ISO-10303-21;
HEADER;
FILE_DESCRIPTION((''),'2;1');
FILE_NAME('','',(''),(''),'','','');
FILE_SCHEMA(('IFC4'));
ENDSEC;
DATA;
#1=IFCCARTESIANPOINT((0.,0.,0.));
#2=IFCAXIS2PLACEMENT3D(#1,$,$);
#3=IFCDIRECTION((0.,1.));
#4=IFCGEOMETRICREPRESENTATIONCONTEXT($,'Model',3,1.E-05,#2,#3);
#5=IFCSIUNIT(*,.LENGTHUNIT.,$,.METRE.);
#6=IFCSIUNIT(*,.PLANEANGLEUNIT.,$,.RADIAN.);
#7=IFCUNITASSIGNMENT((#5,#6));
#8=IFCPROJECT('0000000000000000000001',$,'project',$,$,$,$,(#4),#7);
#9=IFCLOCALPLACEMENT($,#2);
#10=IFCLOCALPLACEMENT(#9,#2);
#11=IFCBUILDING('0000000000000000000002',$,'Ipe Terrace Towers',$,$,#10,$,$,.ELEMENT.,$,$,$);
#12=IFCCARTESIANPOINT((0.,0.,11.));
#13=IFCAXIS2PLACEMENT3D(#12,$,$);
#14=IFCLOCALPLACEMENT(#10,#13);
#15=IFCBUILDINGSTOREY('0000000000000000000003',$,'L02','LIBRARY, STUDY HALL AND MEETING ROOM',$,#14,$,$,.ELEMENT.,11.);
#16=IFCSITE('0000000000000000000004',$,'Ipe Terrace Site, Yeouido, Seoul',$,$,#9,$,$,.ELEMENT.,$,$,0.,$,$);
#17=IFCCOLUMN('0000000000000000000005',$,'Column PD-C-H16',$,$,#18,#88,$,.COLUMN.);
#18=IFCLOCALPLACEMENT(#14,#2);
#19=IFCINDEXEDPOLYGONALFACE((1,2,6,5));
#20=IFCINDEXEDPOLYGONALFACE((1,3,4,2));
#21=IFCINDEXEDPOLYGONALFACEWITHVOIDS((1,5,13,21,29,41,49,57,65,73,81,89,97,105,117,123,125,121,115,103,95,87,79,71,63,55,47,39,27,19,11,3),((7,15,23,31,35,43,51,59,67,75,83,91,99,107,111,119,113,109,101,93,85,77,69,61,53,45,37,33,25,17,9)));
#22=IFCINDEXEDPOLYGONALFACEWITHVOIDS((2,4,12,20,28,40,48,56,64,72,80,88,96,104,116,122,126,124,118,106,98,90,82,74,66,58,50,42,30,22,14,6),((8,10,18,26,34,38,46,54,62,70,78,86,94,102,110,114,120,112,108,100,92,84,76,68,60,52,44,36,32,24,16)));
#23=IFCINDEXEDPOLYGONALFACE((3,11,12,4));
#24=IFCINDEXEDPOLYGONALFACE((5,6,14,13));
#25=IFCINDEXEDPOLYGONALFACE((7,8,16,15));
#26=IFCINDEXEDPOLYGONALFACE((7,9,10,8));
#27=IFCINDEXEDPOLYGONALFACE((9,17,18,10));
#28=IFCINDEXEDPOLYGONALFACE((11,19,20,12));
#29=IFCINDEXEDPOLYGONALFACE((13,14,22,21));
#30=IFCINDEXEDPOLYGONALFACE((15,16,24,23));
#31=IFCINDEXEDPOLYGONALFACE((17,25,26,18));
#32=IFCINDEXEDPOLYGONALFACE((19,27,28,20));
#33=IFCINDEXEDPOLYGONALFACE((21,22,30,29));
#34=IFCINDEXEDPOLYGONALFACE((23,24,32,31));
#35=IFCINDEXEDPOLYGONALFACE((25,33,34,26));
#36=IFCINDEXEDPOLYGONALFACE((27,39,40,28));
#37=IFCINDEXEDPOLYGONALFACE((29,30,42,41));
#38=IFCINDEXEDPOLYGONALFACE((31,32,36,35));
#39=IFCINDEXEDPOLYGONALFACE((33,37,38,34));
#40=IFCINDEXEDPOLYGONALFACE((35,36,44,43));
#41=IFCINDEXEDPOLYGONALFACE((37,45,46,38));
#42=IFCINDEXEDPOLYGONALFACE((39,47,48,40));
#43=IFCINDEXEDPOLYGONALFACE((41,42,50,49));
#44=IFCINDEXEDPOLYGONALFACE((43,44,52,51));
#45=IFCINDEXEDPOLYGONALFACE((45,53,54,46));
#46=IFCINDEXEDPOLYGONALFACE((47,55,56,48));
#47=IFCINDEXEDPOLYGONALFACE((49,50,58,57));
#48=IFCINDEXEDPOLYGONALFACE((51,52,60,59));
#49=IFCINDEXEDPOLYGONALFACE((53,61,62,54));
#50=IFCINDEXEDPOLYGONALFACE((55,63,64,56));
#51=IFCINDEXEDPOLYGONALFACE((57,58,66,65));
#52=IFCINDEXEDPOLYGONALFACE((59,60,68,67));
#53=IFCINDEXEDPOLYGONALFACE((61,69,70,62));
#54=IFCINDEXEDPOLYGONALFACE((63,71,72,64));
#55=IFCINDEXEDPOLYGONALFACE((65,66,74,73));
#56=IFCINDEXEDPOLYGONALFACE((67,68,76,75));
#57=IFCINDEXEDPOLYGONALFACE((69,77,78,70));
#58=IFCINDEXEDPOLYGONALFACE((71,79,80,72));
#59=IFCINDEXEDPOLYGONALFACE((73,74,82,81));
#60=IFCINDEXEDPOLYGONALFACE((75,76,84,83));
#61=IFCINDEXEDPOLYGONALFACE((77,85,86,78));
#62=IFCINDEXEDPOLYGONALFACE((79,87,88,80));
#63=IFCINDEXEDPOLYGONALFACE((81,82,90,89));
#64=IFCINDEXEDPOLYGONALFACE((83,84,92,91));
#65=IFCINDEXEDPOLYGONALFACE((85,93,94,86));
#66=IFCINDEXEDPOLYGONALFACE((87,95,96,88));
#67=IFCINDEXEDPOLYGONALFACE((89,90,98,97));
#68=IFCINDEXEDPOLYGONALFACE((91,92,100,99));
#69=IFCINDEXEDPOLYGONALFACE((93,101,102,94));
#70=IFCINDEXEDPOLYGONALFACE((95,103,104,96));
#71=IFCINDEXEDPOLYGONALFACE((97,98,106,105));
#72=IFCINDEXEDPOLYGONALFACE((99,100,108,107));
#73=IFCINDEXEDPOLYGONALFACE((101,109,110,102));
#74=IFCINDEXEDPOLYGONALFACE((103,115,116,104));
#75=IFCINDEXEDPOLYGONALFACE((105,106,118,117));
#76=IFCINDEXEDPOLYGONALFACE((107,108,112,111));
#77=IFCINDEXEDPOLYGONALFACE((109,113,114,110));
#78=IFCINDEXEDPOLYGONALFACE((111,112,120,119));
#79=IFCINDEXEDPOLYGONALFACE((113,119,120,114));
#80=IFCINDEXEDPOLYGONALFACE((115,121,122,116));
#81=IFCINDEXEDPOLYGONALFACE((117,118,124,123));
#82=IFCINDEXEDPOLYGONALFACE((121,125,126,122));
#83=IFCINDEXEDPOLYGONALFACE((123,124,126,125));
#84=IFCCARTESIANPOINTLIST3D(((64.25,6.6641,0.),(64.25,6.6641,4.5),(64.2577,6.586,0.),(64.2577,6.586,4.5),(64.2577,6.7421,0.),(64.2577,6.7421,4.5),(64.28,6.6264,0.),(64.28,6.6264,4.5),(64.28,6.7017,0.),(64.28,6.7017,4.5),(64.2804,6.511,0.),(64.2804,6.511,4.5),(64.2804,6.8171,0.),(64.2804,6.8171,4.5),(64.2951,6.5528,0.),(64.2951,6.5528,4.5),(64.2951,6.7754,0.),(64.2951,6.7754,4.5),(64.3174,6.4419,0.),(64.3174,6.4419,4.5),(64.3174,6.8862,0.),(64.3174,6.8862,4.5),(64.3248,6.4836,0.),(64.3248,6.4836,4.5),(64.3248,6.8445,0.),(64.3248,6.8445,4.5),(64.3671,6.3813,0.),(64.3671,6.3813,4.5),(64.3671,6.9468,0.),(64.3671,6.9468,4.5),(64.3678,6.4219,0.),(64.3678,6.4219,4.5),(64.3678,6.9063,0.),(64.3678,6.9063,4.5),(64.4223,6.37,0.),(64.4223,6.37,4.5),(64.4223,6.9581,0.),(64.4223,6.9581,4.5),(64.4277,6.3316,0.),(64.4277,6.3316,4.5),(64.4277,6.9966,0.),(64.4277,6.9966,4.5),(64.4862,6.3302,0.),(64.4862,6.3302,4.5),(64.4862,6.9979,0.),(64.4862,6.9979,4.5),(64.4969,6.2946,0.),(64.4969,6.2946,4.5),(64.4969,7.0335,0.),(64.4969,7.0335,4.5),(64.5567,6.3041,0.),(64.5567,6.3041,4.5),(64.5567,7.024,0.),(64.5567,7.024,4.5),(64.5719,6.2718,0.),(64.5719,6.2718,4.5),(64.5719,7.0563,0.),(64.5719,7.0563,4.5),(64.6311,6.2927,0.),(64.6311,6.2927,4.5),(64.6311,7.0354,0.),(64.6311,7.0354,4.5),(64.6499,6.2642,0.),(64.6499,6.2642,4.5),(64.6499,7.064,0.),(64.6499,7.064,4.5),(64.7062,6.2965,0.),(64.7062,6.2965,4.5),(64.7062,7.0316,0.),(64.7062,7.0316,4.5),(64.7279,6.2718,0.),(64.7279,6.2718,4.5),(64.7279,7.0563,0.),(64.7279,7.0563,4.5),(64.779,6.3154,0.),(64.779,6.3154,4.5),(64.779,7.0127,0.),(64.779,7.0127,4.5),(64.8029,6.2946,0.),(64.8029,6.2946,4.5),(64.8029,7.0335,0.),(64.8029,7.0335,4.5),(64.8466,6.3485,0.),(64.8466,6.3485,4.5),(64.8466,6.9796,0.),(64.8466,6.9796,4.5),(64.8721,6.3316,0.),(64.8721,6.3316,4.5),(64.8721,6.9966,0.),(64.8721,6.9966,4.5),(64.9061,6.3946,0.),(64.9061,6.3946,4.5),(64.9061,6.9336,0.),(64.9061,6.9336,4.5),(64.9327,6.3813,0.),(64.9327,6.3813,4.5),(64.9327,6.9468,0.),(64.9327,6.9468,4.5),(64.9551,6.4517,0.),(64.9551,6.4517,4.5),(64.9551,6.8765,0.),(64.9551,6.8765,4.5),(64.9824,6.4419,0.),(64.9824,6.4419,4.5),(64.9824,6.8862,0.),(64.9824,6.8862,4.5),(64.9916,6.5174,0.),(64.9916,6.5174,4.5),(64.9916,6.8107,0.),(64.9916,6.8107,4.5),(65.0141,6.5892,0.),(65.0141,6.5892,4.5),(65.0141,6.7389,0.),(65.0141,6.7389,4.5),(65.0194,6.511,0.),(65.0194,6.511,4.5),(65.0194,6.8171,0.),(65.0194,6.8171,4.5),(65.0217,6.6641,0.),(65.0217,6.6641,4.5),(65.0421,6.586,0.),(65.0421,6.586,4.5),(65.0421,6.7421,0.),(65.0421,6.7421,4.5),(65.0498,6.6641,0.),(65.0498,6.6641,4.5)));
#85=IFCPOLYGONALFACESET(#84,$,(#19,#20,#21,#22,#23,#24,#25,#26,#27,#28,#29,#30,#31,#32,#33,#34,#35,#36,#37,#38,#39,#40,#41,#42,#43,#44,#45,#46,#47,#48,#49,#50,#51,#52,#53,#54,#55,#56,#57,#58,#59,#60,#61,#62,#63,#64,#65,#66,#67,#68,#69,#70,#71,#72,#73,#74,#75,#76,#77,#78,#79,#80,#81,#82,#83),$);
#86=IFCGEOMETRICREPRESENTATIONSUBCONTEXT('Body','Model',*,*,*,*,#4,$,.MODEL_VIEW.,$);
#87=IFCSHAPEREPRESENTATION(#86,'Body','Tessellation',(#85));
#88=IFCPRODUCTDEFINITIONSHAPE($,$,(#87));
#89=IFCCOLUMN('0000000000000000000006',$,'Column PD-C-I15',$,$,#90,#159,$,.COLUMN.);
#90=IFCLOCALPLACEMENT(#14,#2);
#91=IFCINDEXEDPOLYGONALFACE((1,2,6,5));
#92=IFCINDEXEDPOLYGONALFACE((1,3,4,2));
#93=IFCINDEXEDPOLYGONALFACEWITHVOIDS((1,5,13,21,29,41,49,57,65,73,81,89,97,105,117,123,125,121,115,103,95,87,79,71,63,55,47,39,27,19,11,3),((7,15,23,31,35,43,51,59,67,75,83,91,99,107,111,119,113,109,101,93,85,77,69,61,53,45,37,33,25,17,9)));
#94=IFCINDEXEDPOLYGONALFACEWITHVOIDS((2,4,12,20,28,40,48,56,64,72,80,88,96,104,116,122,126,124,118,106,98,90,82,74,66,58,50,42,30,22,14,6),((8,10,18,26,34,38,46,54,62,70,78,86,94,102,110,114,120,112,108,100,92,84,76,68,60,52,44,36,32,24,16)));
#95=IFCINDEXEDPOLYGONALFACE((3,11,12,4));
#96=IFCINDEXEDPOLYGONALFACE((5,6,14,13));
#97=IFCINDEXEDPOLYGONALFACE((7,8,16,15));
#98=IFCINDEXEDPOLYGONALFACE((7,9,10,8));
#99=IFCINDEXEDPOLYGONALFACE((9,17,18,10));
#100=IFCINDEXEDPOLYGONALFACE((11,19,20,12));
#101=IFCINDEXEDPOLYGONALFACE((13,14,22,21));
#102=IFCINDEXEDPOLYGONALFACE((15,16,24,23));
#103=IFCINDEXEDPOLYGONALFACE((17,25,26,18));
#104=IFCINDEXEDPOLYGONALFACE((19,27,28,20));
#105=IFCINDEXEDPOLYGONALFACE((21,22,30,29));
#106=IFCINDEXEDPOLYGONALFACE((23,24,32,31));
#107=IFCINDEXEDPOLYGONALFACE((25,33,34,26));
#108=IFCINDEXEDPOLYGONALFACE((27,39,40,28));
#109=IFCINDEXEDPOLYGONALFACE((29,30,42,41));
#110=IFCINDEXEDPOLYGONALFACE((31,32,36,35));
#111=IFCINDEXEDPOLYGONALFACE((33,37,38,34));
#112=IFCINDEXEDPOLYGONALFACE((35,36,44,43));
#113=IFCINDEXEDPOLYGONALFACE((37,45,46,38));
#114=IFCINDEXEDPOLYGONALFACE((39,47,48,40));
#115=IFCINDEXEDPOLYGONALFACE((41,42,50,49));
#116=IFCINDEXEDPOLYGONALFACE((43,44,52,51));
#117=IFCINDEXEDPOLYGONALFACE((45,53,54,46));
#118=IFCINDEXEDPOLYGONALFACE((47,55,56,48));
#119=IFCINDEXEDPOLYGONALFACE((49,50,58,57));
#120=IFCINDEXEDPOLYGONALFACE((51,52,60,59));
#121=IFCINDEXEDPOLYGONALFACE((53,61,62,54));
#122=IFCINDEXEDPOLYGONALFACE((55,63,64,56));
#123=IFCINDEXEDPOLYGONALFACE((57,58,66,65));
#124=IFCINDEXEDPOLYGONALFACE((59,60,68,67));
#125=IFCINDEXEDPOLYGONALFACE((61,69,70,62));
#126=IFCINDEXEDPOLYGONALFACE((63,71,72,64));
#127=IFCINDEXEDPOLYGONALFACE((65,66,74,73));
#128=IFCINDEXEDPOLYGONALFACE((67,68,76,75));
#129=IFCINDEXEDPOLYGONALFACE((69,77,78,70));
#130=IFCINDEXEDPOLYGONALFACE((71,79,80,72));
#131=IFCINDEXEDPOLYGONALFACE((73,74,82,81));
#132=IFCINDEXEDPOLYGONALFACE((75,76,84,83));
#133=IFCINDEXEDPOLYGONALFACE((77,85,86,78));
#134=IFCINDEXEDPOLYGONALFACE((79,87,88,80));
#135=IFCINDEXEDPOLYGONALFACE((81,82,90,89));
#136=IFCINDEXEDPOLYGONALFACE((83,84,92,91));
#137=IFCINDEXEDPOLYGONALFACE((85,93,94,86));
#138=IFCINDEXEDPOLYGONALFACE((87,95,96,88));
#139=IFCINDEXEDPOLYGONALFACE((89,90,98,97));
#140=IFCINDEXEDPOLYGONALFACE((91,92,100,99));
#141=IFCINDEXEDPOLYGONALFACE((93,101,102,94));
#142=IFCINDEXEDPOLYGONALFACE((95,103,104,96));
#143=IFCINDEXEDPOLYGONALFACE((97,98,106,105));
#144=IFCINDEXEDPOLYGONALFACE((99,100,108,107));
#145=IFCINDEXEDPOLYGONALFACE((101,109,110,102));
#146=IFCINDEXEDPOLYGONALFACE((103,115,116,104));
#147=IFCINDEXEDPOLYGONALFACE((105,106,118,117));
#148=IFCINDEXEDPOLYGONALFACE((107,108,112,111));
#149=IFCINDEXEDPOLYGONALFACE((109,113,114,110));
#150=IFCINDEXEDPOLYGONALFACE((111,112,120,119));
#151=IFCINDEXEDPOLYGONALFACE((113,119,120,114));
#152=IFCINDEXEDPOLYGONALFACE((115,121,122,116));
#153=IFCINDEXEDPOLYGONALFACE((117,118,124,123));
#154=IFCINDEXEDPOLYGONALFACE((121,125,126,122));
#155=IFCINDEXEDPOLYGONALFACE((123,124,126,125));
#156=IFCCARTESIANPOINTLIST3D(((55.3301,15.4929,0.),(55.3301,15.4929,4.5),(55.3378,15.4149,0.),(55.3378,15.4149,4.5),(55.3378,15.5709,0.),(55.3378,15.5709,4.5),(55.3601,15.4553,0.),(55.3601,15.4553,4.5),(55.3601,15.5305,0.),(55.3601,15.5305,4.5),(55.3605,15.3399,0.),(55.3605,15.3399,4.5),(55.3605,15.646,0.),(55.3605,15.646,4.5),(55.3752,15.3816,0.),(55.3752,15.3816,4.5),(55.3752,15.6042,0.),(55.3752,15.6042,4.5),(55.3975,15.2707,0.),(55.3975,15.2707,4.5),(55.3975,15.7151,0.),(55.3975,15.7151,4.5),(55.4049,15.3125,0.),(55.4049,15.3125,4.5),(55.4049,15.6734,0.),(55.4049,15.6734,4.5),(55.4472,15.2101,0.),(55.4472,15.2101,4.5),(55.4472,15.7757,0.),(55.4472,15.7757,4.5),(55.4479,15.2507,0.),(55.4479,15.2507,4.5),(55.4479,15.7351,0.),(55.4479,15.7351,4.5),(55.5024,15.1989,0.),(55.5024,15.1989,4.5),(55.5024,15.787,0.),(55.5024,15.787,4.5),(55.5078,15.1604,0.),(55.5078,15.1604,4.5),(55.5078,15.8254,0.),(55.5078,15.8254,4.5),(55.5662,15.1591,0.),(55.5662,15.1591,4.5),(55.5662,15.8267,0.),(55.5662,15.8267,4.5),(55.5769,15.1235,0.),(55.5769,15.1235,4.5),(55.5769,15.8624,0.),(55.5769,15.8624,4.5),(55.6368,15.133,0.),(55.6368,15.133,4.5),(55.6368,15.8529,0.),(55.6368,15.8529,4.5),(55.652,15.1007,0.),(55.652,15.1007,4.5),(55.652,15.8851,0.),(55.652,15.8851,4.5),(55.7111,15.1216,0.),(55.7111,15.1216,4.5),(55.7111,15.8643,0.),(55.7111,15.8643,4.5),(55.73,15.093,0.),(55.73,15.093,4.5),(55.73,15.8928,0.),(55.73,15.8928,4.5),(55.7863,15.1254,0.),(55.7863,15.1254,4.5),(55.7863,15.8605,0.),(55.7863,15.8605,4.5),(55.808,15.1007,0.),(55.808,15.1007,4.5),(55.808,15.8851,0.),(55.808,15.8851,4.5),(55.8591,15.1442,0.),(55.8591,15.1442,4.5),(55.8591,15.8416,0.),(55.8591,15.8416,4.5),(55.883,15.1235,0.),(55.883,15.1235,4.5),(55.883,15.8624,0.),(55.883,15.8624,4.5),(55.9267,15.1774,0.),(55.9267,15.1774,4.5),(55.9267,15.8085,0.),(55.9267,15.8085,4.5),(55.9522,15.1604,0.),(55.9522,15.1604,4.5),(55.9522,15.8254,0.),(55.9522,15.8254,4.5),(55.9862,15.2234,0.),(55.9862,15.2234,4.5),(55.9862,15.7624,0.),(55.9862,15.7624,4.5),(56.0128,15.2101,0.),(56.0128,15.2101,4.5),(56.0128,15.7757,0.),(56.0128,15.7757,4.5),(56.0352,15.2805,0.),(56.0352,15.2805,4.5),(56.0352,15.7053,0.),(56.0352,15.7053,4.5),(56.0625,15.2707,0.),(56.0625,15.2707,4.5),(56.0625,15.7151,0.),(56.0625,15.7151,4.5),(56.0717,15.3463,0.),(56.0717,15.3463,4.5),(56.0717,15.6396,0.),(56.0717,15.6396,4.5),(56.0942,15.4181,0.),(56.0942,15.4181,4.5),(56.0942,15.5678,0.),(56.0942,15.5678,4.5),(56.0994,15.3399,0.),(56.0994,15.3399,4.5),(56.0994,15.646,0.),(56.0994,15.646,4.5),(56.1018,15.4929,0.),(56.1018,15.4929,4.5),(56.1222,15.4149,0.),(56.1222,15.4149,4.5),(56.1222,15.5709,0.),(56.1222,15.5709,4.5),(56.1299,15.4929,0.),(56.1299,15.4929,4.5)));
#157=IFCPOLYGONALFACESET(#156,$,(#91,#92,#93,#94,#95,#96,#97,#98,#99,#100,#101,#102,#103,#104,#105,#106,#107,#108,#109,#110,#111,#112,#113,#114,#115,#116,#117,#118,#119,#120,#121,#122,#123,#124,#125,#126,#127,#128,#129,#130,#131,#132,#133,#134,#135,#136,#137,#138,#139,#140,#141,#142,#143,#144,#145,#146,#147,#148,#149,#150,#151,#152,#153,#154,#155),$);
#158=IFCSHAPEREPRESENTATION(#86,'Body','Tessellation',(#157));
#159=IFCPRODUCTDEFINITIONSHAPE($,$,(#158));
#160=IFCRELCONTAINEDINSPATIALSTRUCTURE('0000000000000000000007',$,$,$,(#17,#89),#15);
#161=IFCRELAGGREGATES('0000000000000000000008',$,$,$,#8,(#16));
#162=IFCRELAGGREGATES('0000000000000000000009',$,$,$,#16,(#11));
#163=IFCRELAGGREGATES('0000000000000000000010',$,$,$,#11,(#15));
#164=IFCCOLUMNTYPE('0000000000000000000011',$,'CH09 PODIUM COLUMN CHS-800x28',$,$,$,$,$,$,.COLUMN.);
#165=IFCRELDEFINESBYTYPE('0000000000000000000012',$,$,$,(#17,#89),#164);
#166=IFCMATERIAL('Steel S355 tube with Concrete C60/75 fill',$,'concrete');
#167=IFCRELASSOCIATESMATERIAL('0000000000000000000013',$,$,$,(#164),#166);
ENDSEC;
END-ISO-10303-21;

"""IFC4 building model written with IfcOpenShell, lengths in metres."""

from ifc_helpers import new_model, si_unit, direction, frame, origin, origin_2d, place, context, subcontext, project, spatial, hollow_circle, extrude, material, material_profile, profile_set, type_object, element, save


model = new_model("IFC4")

# Units and contexts
model_context = context("Model", 3, precision=1e-05, world=origin(), true_north=direction((0.0, 1.0)))
body_context = subcontext(model_context, "Body", "Model", "MODEL_VIEW")
ifc_project = project(units=[si_unit("LENGTHUNIT", "METRE"), si_unit("PLANEANGLEUNIT", "RADIAN")], contexts=[model_context])

# Site, building, storey
site_placement = place(None, origin())
site = spatial("IfcSite", under=ifc_project, at=site_placement, Name="Ipe Terrace Site, Yeouido, Seoul", CompositionType="ELEMENT", RefElevation=0.0)
building_placement = place(site_placement, origin())
building = spatial("IfcBuilding", under=site, at=building_placement, Name="Ipe Terrace Towers", CompositionType="ELEMENT")
storey_placement = place(building_placement, frame((0.0, 0.0, 11.0)))
storey = spatial("IfcBuildingStorey", under=building, at=storey_placement, Name="L02", Description="LIBRARY, STUDY HALL AND MEETING ROOM", CompositionType="ELEMENT", Elevation=11.0)

# Columns
ifc_material_1 = material(Name="Steel S355 tube with Concrete C60/75 fill", Category="concrete")
ifc_material_profile_1 = material_profile(ifc_material_1, hollow_circle(Radius=0.3999, WallThickness=0.0281, at=origin_2d()), Name="CHS-800x28")
ifc_profile_set_1 = profile_set([ifc_material_profile_1], Name="Steel S355 tube with Concrete C60/75 fill")
column_type_1 = type_object("IfcColumnType", Name="CH09 PODIUM COLUMN CHS-800x28", PredefinedType="COLUMN", material=ifc_profile_set_1)
for number, where, z_axis, x_axis, name in (
    (1, (64.6499, 6.6641, 0.0), (0.0, 0.0, 1.0), (1.0, 0.0, 0.0), "Column PD-C-H16"),
    (2, (55.73, 15.4929, 0.0), (0.0, 0.0, 1.0), (1.0, 0.0, 0.0), "Column PD-C-I15"),
):
    element("IfcColumn", number, at=place(storey_placement, frame(where, z_axis=z_axis, x_axis=x_axis)), inside=storey, type_object=column_type_1, Name=name, PredefinedType="COLUMN", context=body_context, shape_type="SweptSolid", body=[
        extrude(hollow_circle(Radius=0.3999, WallThickness=0.0281, at=origin_2d()), origin(), (0.0, 0.0, 1.0), 4.5),
    ])

save(model, "model.ifc")
